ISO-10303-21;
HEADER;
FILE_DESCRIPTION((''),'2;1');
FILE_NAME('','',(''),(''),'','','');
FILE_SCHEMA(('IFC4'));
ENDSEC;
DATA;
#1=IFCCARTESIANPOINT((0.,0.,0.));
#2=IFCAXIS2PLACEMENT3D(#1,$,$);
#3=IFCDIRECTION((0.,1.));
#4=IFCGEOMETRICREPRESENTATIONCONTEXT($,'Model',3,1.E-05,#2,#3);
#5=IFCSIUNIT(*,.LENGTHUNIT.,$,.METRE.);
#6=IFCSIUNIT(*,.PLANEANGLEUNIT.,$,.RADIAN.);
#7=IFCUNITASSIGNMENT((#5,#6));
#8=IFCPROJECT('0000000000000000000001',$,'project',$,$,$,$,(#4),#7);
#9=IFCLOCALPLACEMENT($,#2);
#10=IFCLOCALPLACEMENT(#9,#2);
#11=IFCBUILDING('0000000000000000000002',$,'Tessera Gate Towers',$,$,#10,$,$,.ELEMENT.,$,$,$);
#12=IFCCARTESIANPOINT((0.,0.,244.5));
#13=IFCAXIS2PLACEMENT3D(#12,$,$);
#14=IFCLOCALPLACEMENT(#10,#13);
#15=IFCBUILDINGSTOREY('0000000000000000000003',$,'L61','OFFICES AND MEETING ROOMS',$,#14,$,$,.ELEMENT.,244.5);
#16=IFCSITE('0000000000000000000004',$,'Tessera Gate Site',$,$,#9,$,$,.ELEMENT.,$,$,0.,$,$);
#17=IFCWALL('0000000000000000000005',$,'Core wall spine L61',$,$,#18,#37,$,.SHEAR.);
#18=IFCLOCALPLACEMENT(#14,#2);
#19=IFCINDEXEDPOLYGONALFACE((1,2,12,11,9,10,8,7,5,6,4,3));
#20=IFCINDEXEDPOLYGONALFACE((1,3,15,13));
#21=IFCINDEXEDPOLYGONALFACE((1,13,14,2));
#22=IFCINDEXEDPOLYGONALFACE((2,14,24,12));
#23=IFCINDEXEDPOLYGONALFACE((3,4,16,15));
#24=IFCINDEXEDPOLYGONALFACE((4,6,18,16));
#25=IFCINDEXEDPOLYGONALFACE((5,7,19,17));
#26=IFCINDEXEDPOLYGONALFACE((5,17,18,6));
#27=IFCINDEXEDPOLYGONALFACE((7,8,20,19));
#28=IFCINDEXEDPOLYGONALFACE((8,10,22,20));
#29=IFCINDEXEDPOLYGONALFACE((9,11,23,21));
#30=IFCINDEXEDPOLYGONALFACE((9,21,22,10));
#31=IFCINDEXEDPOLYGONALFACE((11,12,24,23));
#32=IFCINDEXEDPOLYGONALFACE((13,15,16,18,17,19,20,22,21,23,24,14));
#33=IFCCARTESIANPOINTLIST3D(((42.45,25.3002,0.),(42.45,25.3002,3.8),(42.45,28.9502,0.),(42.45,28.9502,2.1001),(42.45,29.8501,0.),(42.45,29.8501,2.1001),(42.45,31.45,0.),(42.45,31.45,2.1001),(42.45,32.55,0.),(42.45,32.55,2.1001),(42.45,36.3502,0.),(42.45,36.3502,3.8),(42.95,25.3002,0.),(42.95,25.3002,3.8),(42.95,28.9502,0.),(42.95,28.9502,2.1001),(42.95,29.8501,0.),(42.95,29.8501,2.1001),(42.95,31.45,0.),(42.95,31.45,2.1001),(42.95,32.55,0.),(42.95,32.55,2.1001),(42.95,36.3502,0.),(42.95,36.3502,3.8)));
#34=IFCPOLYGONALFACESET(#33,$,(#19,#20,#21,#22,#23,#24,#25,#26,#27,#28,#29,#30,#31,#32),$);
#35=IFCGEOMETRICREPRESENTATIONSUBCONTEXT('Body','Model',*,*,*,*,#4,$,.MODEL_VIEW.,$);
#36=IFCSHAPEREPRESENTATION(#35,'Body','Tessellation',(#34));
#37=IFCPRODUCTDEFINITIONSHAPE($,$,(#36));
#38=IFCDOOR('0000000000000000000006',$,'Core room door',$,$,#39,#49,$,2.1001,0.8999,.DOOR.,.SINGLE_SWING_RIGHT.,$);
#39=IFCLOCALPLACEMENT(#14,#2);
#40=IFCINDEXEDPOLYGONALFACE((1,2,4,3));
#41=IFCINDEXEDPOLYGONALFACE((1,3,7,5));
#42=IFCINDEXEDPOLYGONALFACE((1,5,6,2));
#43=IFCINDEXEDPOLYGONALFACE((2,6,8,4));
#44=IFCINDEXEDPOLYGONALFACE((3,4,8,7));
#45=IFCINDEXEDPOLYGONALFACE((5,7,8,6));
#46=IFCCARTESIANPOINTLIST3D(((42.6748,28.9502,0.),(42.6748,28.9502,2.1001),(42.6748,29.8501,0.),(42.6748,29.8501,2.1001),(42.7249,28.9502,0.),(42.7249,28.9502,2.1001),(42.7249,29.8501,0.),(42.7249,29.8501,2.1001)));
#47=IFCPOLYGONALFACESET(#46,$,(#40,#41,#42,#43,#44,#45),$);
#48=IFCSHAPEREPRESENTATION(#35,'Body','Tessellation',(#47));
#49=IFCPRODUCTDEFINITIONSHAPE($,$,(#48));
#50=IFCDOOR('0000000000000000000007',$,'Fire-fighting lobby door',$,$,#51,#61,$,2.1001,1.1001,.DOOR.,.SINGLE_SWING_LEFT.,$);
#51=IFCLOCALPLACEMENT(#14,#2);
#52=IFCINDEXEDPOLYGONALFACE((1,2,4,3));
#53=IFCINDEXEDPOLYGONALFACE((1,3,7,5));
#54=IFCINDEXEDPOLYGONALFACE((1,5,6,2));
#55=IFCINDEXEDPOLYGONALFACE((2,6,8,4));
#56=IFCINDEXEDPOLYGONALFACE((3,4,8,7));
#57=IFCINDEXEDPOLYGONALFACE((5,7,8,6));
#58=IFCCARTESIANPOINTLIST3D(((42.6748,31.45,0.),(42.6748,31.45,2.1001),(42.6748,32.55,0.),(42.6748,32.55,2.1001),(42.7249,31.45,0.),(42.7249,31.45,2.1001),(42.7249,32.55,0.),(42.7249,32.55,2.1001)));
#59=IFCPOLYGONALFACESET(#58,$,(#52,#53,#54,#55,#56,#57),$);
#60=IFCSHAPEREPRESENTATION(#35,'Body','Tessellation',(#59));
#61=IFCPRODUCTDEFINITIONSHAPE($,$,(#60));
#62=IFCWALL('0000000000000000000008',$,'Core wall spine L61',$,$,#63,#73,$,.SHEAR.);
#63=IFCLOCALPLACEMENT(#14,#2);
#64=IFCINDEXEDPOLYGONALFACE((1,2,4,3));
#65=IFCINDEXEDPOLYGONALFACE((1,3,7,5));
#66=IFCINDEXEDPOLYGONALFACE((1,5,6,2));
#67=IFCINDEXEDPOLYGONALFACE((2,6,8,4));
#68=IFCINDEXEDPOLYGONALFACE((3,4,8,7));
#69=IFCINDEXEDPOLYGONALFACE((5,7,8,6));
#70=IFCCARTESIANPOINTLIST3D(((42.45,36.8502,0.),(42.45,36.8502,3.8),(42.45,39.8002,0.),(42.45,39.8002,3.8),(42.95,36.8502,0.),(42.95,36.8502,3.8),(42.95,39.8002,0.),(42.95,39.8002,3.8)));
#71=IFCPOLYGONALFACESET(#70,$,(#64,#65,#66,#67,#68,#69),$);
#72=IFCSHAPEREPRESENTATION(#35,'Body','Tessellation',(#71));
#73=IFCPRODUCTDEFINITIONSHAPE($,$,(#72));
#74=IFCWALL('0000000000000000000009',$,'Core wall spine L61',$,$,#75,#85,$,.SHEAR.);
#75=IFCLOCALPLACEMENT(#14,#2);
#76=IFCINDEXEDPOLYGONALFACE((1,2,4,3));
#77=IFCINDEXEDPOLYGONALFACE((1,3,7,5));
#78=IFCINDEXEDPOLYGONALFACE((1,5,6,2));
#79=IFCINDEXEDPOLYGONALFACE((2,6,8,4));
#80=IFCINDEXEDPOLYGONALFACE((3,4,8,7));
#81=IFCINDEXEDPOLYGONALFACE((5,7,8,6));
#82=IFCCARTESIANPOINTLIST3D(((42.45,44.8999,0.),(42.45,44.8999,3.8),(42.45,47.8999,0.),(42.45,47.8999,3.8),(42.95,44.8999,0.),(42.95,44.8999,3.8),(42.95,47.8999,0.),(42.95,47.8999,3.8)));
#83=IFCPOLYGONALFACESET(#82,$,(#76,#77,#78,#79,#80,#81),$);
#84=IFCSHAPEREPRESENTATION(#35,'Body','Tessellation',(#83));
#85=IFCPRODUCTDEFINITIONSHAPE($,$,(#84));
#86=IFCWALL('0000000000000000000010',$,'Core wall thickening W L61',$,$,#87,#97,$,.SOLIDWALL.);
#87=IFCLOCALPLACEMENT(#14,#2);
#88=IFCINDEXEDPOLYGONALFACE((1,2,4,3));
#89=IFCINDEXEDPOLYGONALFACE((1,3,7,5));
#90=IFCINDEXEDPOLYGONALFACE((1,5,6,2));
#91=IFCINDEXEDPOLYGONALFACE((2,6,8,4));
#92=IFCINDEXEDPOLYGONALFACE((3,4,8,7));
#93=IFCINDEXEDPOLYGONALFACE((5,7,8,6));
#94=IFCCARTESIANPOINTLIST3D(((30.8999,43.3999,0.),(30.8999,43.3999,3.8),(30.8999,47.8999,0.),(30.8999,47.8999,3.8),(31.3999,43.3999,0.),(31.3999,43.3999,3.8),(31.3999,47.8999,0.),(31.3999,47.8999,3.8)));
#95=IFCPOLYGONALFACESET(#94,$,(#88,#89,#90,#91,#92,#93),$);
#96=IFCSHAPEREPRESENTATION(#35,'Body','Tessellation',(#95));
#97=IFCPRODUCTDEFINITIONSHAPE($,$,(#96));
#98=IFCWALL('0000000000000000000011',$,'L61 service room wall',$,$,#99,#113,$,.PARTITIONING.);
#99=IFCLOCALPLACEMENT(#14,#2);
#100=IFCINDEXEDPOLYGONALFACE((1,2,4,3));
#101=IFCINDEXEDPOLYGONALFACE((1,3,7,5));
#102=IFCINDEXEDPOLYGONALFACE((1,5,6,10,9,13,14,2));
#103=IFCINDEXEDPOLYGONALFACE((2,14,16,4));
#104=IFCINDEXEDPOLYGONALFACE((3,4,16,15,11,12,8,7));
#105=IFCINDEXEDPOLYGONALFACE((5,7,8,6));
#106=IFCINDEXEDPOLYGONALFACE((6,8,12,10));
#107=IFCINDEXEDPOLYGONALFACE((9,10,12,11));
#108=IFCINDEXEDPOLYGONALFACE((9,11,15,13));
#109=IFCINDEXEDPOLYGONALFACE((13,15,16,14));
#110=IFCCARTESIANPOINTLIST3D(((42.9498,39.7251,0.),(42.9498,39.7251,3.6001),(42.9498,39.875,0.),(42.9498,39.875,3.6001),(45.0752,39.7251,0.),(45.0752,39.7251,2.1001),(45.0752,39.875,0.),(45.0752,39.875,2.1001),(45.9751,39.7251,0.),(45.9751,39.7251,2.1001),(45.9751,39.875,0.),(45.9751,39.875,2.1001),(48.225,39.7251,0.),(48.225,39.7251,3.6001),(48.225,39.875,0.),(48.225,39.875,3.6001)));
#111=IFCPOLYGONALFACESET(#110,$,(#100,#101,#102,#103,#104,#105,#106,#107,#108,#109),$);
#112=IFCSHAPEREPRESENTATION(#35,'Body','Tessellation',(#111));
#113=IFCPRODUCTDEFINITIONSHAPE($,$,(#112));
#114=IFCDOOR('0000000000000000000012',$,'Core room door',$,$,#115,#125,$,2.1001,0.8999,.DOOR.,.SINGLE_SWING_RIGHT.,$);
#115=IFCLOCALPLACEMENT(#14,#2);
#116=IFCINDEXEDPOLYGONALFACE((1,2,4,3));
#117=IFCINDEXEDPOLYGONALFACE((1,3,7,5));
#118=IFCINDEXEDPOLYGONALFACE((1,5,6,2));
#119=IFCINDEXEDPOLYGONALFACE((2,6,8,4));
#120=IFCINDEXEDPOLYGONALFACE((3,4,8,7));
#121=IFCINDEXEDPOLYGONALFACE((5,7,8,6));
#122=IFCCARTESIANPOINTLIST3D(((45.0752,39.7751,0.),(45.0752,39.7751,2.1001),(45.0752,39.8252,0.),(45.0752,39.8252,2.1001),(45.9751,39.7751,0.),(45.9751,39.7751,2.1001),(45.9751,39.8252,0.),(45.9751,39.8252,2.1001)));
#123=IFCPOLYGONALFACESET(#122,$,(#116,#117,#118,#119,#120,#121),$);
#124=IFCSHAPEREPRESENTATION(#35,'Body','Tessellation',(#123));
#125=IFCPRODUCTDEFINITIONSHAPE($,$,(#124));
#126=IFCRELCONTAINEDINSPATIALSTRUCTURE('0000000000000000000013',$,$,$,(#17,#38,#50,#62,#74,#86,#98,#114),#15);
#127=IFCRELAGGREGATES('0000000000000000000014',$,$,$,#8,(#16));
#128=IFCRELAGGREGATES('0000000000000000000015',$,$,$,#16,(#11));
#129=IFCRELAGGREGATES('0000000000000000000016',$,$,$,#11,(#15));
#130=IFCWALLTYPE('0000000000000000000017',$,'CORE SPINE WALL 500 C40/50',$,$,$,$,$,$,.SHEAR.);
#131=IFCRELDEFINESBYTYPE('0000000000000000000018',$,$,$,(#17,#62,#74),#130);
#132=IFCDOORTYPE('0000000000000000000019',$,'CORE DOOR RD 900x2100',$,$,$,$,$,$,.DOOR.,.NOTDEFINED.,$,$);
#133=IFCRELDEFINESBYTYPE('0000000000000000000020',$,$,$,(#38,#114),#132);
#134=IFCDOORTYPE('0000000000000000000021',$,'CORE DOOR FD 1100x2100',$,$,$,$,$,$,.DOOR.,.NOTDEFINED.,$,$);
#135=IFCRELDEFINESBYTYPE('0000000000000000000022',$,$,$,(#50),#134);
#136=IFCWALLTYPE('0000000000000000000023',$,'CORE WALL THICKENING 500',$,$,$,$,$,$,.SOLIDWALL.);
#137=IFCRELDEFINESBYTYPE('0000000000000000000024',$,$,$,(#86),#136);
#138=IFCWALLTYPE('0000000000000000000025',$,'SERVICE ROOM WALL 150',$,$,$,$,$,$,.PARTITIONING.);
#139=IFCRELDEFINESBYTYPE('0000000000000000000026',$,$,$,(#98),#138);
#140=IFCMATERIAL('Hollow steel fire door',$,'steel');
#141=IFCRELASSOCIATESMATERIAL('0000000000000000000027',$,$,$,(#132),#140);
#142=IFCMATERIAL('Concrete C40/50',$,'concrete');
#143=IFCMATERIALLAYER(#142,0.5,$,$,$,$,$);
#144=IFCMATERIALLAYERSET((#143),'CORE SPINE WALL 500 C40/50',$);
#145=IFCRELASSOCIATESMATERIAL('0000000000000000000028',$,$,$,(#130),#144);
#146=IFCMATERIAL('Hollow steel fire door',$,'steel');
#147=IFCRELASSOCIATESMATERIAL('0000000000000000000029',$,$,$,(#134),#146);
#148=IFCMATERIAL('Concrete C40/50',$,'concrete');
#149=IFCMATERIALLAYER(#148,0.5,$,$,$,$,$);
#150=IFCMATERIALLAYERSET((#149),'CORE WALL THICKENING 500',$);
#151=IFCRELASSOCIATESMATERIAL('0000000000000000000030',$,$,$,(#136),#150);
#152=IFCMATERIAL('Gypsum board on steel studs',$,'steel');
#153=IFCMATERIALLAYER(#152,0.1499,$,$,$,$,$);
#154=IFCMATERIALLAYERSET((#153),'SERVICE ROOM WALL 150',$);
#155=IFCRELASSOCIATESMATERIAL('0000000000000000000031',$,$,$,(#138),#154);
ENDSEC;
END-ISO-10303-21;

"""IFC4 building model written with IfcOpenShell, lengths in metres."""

from ifc_helpers import new_model, si_unit, direction, frame, frame_2d, origin, place, context, subcontext, project, spatial, rectangle, extrude, source, transform, mapped, material, layer, layer_set, type_object, element, fill, save


model = new_model("IFC4")

# Units and contexts
model_context = context("Model", 3, precision=1e-05, world=origin(), true_north=direction((0.0, 1.0)))
body_context = subcontext(model_context, "Body", "Model", "MODEL_VIEW")
ifc_project = project(units=[si_unit("LENGTHUNIT", "METRE"), si_unit("PLANEANGLEUNIT", "RADIAN")], contexts=[model_context])

# Site, building, storey
site_placement = place(None, origin())
site = spatial("IfcSite", under=ifc_project, at=site_placement, Name="Tessera Gate Site", CompositionType="ELEMENT", RefElevation=0.0)
building_placement = place(site_placement, origin())
building = spatial("IfcBuilding", under=site, at=building_placement, Name="Tessera Gate Towers", CompositionType="ELEMENT")
storey_placement = place(building_placement, frame((0.0, 0.0, 244.5)))
storey = spatial("IfcBuildingStorey", under=building, at=storey_placement, Name="L61", Description="OFFICES AND MEETING ROOMS", CompositionType="ELEMENT", Elevation=244.5)

# Shared definitions
shared_shape_1 = source(origin(), body_context, "Body", "SweptSolid", [
    extrude(rectangle(XDim=1.1001, YDim=2.1001, at=frame_2d((0.55, 1.05))), frame((0.0, 0.0249, 0.0), z_axis=(0.0, -1.0, 0.0), x_axis=(1.0, 0.0, 0.0)), (0.0, 0.0, 1.0), 0.05),
])

# Shared definitions
ifc_material_1 = material(Name="Hollow steel fire door", Category="steel")
door_type_1 = type_object("IfcDoorType", Name="CORE DOOR RD 900x2100", OperationType="NOTDEFINED", PredefinedType="DOOR", material=ifc_material_1)
shared_shape_2 = source(origin(), body_context, "Body", "SweptSolid", [
    extrude(rectangle(XDim=0.8999, YDim=2.1001, at=frame_2d((0.45, 1.05))), frame((0.0, 0.0249, 0.0), z_axis=(0.0, -1.0, 0.0), x_axis=(1.0, 0.0, 0.0)), (0.0, 0.0, 1.0), 0.05),
])

# Shared definitions
ifc_material_2 = material(Name="Concrete C40/50", Category="concrete")
ifc_layer_1 = layer(ifc_material_2, 0.5)
ifc_layer_set_1 = layer_set([ifc_layer_1], Name="CORE SPINE WALL 500 C40/50")
wall_type_1 = type_object("IfcWallType", Name="CORE SPINE WALL 500 C40/50", PredefinedType="SHEAR", material=ifc_layer_set_1)

# Wall, openings, doors
wall_1_placement = place(storey_placement, frame((42.7, 36.3501, 0.0), z_axis=(0.0, 0.0, 1.0), x_axis=(0.0, -1.0, 0.0)))
wall_1 = element("IfcWall", 1, at=wall_1_placement, inside=storey, type_object=wall_type_1, Name="Core wall spine L61", PredefinedType="SHEAR", context=body_context, shape_type="SweptSolid", body=[
    extrude(rectangle(XDim=11.05, YDim=0.5, at=frame_2d((5.5249, 0.0))), origin(), (0.0, 0.0, 1.0), 3.8),
])
shared_shape_3 = source(origin(), body_context, "Body", "SweptSolid", [
    extrude(rectangle(XDim=0.8999, YDim=2.1001, at=frame_2d((0.45, 1.05))), frame((0.0, 0.26, 0.0), z_axis=(0.0, -1.0, 0.0), x_axis=(1.0, 0.0, 0.0)), (0.0, 0.0, 1.0), 0.52),
])
opening_1_placement = place(wall_1_placement, frame((6.5, 0.0, 0.0)))
opening_1 = element("IfcOpeningElement", 2, at=opening_1_placement, cuts=wall_1, PredefinedType="OPENING", context=body_context, shape_type="MappedRepresentation", body=[
    mapped(shared_shape_3, transform((0.0, 0.0, 0.0), scale=1.0)),
])
shared_shape_4 = source(origin(), body_context, "Body", "SweptSolid", [
    extrude(rectangle(XDim=1.1001, YDim=2.1001, at=frame_2d((0.55, 1.05))), frame((0.0, 0.26, 0.0), z_axis=(0.0, -1.0, 0.0), x_axis=(1.0, 0.0, 0.0)), (0.0, 0.0, 1.0), 0.52),
])
opening_2_placement = place(wall_1_placement, frame((3.8, 0.0, 0.0)))
opening_2 = element("IfcOpeningElement", 3, at=opening_2_placement, cuts=wall_1, PredefinedType="OPENING", context=body_context, shape_type="MappedRepresentation", body=[
    mapped(shared_shape_4, transform((0.0, 0.0, 0.0), scale=1.0)),
])
door_1_placement = place(opening_1_placement, origin())
door_1 = element("IfcDoor", 4, at=door_1_placement, inside=storey, type_object=door_type_1, Name="Core room door", OperationType="SINGLE_SWING_RIGHT", OverallHeight=2.1001, OverallWidth=0.8999, PredefinedType="DOOR", context=body_context, shape_type="MappedRepresentation", body=[
    mapped(shared_shape_2, transform((0.0, 0.0, 0.0), scale=1.0)),
])
fill(opening_1, door_1)
ifc_material_3 = material(Name="Hollow steel fire door", Category="steel")
door_type_2 = type_object("IfcDoorType", Name="CORE DOOR FD 1100x2100", OperationType="NOTDEFINED", PredefinedType="DOOR", material=ifc_material_3)
door_2_placement = place(opening_2_placement, origin())
door_2 = element("IfcDoor", 5, at=door_2_placement, inside=storey, type_object=door_type_2, Name="Fire-fighting lobby door", OperationType="SINGLE_SWING_LEFT", OverallHeight=2.1001, OverallWidth=1.1001, PredefinedType="DOOR", context=body_context, shape_type="MappedRepresentation", body=[
    mapped(shared_shape_1, transform((0.0, 0.0, 0.0), scale=1.0)),
])
fill(opening_2, door_2)

# Walls
wall_2_placement = place(storey_placement, frame((42.7, 36.8501, 0.0), z_axis=(0.0, 0.0, 1.0), x_axis=(0.0, 1.0, 0.0)))
element("IfcWall", 6, at=wall_2_placement, inside=storey, type_object=wall_type_1, Name="Core wall spine L61", PredefinedType="SHEAR", context=body_context, shape_type="SweptSolid", body=[
    extrude(rectangle(XDim=2.95, YDim=0.5, at=frame_2d((1.4751, 0.0))), origin(), (0.0, 0.0, 1.0), 3.8),
])
wall_3_placement = place(storey_placement, frame((42.7, 44.8999, 0.0), z_axis=(0.0, 0.0, 1.0), x_axis=(0.0, 1.0, 0.0)))
element("IfcWall", 7, at=wall_3_placement, inside=storey, type_object=wall_type_1, Name="Core wall spine L61", PredefinedType="SHEAR", context=body_context, shape_type="SweptSolid", body=[
    extrude(rectangle(XDim=3.0, YDim=0.5, at=frame_2d((1.5, 0.0))), origin(), (0.0, 0.0, 1.0), 3.8),
])
ifc_material_4 = material(Name="Concrete C40/50", Category="concrete")
ifc_layer_2 = layer(ifc_material_4, 0.5)
ifc_layer_set_2 = layer_set([ifc_layer_2], Name="CORE WALL THICKENING 500")
wall_type_2 = type_object("IfcWallType", Name="CORE WALL THICKENING 500", PredefinedType="SOLIDWALL", material=ifc_layer_set_2)
wall_4_placement = place(storey_placement, frame((31.1499, 43.3999, 0.0), z_axis=(0.0, 0.0, 1.0), x_axis=(0.0, 1.0, 0.0)))
element("IfcWall", 8, at=wall_4_placement, inside=storey, type_object=wall_type_2, Name="Core wall thickening W L61", PredefinedType="SOLIDWALL", context=body_context, shape_type="SweptSolid", body=[
    extrude(rectangle(XDim=4.5, YDim=0.5, at=frame_2d((2.25, 0.0))), origin(), (0.0, 0.0, 1.0), 3.8),
])

# Wall, opening, door
ifc_material_5 = material(Name="Gypsum board on steel studs", Category="steel")
ifc_layer_3 = layer(ifc_material_5, 0.1499)
ifc_layer_set_3 = layer_set([ifc_layer_3], Name="SERVICE ROOM WALL 150")
wall_type_3 = type_object("IfcWallType", Name="SERVICE ROOM WALL 150", PredefinedType="PARTITIONING", material=ifc_layer_set_3)
wall_5_placement = place(storey_placement, frame((48.2251, 39.8, 0.0), z_axis=(0.0, 0.0, 1.0), x_axis=(-1.0, 0.0, 0.0)))
wall_5 = element("IfcWall", 9, at=wall_5_placement, inside=storey, type_object=wall_type_3, Name="L61 service room wall", PredefinedType="PARTITIONING", context=body_context, shape_type="SweptSolid", body=[
    extrude(rectangle(XDim=5.2751, YDim=0.1499, at=frame_2d((2.6377, 0.0))), origin(), (0.0, 0.0, 1.0), 3.6001),
])
shared_shape_5 = source(origin(), body_context, "Body", "SweptSolid", [
    extrude(rectangle(XDim=0.8999, YDim=2.1001, at=frame_2d((0.45, 1.05))), frame((0.0, 0.085, 0.0), z_axis=(0.0, -1.0, 0.0), x_axis=(1.0, 0.0, 0.0)), (0.0, 0.0, 1.0), 0.1699),
])
opening_3_placement = place(wall_5_placement, frame((2.25, 0.0, 0.0)))
opening_3 = element("IfcOpeningElement", 10, at=opening_3_placement, cuts=wall_5, PredefinedType="OPENING", context=body_context, shape_type="MappedRepresentation", body=[
    mapped(shared_shape_5, transform((0.0, 0.0, 0.0), scale=1.0)),
])
door_3_placement = place(opening_3_placement, origin())
door_3 = element("IfcDoor", 11, at=door_3_placement, inside=storey, type_object=door_type_1, Name="Core room door", OperationType="SINGLE_SWING_RIGHT", OverallHeight=2.1001, OverallWidth=0.8999, PredefinedType="DOOR", context=body_context, shape_type="MappedRepresentation", body=[
    mapped(shared_shape_2, transform((0.0, 0.0, 0.0), scale=1.0)),
])
fill(opening_3, door_3)

save(model, "model.ifc")
